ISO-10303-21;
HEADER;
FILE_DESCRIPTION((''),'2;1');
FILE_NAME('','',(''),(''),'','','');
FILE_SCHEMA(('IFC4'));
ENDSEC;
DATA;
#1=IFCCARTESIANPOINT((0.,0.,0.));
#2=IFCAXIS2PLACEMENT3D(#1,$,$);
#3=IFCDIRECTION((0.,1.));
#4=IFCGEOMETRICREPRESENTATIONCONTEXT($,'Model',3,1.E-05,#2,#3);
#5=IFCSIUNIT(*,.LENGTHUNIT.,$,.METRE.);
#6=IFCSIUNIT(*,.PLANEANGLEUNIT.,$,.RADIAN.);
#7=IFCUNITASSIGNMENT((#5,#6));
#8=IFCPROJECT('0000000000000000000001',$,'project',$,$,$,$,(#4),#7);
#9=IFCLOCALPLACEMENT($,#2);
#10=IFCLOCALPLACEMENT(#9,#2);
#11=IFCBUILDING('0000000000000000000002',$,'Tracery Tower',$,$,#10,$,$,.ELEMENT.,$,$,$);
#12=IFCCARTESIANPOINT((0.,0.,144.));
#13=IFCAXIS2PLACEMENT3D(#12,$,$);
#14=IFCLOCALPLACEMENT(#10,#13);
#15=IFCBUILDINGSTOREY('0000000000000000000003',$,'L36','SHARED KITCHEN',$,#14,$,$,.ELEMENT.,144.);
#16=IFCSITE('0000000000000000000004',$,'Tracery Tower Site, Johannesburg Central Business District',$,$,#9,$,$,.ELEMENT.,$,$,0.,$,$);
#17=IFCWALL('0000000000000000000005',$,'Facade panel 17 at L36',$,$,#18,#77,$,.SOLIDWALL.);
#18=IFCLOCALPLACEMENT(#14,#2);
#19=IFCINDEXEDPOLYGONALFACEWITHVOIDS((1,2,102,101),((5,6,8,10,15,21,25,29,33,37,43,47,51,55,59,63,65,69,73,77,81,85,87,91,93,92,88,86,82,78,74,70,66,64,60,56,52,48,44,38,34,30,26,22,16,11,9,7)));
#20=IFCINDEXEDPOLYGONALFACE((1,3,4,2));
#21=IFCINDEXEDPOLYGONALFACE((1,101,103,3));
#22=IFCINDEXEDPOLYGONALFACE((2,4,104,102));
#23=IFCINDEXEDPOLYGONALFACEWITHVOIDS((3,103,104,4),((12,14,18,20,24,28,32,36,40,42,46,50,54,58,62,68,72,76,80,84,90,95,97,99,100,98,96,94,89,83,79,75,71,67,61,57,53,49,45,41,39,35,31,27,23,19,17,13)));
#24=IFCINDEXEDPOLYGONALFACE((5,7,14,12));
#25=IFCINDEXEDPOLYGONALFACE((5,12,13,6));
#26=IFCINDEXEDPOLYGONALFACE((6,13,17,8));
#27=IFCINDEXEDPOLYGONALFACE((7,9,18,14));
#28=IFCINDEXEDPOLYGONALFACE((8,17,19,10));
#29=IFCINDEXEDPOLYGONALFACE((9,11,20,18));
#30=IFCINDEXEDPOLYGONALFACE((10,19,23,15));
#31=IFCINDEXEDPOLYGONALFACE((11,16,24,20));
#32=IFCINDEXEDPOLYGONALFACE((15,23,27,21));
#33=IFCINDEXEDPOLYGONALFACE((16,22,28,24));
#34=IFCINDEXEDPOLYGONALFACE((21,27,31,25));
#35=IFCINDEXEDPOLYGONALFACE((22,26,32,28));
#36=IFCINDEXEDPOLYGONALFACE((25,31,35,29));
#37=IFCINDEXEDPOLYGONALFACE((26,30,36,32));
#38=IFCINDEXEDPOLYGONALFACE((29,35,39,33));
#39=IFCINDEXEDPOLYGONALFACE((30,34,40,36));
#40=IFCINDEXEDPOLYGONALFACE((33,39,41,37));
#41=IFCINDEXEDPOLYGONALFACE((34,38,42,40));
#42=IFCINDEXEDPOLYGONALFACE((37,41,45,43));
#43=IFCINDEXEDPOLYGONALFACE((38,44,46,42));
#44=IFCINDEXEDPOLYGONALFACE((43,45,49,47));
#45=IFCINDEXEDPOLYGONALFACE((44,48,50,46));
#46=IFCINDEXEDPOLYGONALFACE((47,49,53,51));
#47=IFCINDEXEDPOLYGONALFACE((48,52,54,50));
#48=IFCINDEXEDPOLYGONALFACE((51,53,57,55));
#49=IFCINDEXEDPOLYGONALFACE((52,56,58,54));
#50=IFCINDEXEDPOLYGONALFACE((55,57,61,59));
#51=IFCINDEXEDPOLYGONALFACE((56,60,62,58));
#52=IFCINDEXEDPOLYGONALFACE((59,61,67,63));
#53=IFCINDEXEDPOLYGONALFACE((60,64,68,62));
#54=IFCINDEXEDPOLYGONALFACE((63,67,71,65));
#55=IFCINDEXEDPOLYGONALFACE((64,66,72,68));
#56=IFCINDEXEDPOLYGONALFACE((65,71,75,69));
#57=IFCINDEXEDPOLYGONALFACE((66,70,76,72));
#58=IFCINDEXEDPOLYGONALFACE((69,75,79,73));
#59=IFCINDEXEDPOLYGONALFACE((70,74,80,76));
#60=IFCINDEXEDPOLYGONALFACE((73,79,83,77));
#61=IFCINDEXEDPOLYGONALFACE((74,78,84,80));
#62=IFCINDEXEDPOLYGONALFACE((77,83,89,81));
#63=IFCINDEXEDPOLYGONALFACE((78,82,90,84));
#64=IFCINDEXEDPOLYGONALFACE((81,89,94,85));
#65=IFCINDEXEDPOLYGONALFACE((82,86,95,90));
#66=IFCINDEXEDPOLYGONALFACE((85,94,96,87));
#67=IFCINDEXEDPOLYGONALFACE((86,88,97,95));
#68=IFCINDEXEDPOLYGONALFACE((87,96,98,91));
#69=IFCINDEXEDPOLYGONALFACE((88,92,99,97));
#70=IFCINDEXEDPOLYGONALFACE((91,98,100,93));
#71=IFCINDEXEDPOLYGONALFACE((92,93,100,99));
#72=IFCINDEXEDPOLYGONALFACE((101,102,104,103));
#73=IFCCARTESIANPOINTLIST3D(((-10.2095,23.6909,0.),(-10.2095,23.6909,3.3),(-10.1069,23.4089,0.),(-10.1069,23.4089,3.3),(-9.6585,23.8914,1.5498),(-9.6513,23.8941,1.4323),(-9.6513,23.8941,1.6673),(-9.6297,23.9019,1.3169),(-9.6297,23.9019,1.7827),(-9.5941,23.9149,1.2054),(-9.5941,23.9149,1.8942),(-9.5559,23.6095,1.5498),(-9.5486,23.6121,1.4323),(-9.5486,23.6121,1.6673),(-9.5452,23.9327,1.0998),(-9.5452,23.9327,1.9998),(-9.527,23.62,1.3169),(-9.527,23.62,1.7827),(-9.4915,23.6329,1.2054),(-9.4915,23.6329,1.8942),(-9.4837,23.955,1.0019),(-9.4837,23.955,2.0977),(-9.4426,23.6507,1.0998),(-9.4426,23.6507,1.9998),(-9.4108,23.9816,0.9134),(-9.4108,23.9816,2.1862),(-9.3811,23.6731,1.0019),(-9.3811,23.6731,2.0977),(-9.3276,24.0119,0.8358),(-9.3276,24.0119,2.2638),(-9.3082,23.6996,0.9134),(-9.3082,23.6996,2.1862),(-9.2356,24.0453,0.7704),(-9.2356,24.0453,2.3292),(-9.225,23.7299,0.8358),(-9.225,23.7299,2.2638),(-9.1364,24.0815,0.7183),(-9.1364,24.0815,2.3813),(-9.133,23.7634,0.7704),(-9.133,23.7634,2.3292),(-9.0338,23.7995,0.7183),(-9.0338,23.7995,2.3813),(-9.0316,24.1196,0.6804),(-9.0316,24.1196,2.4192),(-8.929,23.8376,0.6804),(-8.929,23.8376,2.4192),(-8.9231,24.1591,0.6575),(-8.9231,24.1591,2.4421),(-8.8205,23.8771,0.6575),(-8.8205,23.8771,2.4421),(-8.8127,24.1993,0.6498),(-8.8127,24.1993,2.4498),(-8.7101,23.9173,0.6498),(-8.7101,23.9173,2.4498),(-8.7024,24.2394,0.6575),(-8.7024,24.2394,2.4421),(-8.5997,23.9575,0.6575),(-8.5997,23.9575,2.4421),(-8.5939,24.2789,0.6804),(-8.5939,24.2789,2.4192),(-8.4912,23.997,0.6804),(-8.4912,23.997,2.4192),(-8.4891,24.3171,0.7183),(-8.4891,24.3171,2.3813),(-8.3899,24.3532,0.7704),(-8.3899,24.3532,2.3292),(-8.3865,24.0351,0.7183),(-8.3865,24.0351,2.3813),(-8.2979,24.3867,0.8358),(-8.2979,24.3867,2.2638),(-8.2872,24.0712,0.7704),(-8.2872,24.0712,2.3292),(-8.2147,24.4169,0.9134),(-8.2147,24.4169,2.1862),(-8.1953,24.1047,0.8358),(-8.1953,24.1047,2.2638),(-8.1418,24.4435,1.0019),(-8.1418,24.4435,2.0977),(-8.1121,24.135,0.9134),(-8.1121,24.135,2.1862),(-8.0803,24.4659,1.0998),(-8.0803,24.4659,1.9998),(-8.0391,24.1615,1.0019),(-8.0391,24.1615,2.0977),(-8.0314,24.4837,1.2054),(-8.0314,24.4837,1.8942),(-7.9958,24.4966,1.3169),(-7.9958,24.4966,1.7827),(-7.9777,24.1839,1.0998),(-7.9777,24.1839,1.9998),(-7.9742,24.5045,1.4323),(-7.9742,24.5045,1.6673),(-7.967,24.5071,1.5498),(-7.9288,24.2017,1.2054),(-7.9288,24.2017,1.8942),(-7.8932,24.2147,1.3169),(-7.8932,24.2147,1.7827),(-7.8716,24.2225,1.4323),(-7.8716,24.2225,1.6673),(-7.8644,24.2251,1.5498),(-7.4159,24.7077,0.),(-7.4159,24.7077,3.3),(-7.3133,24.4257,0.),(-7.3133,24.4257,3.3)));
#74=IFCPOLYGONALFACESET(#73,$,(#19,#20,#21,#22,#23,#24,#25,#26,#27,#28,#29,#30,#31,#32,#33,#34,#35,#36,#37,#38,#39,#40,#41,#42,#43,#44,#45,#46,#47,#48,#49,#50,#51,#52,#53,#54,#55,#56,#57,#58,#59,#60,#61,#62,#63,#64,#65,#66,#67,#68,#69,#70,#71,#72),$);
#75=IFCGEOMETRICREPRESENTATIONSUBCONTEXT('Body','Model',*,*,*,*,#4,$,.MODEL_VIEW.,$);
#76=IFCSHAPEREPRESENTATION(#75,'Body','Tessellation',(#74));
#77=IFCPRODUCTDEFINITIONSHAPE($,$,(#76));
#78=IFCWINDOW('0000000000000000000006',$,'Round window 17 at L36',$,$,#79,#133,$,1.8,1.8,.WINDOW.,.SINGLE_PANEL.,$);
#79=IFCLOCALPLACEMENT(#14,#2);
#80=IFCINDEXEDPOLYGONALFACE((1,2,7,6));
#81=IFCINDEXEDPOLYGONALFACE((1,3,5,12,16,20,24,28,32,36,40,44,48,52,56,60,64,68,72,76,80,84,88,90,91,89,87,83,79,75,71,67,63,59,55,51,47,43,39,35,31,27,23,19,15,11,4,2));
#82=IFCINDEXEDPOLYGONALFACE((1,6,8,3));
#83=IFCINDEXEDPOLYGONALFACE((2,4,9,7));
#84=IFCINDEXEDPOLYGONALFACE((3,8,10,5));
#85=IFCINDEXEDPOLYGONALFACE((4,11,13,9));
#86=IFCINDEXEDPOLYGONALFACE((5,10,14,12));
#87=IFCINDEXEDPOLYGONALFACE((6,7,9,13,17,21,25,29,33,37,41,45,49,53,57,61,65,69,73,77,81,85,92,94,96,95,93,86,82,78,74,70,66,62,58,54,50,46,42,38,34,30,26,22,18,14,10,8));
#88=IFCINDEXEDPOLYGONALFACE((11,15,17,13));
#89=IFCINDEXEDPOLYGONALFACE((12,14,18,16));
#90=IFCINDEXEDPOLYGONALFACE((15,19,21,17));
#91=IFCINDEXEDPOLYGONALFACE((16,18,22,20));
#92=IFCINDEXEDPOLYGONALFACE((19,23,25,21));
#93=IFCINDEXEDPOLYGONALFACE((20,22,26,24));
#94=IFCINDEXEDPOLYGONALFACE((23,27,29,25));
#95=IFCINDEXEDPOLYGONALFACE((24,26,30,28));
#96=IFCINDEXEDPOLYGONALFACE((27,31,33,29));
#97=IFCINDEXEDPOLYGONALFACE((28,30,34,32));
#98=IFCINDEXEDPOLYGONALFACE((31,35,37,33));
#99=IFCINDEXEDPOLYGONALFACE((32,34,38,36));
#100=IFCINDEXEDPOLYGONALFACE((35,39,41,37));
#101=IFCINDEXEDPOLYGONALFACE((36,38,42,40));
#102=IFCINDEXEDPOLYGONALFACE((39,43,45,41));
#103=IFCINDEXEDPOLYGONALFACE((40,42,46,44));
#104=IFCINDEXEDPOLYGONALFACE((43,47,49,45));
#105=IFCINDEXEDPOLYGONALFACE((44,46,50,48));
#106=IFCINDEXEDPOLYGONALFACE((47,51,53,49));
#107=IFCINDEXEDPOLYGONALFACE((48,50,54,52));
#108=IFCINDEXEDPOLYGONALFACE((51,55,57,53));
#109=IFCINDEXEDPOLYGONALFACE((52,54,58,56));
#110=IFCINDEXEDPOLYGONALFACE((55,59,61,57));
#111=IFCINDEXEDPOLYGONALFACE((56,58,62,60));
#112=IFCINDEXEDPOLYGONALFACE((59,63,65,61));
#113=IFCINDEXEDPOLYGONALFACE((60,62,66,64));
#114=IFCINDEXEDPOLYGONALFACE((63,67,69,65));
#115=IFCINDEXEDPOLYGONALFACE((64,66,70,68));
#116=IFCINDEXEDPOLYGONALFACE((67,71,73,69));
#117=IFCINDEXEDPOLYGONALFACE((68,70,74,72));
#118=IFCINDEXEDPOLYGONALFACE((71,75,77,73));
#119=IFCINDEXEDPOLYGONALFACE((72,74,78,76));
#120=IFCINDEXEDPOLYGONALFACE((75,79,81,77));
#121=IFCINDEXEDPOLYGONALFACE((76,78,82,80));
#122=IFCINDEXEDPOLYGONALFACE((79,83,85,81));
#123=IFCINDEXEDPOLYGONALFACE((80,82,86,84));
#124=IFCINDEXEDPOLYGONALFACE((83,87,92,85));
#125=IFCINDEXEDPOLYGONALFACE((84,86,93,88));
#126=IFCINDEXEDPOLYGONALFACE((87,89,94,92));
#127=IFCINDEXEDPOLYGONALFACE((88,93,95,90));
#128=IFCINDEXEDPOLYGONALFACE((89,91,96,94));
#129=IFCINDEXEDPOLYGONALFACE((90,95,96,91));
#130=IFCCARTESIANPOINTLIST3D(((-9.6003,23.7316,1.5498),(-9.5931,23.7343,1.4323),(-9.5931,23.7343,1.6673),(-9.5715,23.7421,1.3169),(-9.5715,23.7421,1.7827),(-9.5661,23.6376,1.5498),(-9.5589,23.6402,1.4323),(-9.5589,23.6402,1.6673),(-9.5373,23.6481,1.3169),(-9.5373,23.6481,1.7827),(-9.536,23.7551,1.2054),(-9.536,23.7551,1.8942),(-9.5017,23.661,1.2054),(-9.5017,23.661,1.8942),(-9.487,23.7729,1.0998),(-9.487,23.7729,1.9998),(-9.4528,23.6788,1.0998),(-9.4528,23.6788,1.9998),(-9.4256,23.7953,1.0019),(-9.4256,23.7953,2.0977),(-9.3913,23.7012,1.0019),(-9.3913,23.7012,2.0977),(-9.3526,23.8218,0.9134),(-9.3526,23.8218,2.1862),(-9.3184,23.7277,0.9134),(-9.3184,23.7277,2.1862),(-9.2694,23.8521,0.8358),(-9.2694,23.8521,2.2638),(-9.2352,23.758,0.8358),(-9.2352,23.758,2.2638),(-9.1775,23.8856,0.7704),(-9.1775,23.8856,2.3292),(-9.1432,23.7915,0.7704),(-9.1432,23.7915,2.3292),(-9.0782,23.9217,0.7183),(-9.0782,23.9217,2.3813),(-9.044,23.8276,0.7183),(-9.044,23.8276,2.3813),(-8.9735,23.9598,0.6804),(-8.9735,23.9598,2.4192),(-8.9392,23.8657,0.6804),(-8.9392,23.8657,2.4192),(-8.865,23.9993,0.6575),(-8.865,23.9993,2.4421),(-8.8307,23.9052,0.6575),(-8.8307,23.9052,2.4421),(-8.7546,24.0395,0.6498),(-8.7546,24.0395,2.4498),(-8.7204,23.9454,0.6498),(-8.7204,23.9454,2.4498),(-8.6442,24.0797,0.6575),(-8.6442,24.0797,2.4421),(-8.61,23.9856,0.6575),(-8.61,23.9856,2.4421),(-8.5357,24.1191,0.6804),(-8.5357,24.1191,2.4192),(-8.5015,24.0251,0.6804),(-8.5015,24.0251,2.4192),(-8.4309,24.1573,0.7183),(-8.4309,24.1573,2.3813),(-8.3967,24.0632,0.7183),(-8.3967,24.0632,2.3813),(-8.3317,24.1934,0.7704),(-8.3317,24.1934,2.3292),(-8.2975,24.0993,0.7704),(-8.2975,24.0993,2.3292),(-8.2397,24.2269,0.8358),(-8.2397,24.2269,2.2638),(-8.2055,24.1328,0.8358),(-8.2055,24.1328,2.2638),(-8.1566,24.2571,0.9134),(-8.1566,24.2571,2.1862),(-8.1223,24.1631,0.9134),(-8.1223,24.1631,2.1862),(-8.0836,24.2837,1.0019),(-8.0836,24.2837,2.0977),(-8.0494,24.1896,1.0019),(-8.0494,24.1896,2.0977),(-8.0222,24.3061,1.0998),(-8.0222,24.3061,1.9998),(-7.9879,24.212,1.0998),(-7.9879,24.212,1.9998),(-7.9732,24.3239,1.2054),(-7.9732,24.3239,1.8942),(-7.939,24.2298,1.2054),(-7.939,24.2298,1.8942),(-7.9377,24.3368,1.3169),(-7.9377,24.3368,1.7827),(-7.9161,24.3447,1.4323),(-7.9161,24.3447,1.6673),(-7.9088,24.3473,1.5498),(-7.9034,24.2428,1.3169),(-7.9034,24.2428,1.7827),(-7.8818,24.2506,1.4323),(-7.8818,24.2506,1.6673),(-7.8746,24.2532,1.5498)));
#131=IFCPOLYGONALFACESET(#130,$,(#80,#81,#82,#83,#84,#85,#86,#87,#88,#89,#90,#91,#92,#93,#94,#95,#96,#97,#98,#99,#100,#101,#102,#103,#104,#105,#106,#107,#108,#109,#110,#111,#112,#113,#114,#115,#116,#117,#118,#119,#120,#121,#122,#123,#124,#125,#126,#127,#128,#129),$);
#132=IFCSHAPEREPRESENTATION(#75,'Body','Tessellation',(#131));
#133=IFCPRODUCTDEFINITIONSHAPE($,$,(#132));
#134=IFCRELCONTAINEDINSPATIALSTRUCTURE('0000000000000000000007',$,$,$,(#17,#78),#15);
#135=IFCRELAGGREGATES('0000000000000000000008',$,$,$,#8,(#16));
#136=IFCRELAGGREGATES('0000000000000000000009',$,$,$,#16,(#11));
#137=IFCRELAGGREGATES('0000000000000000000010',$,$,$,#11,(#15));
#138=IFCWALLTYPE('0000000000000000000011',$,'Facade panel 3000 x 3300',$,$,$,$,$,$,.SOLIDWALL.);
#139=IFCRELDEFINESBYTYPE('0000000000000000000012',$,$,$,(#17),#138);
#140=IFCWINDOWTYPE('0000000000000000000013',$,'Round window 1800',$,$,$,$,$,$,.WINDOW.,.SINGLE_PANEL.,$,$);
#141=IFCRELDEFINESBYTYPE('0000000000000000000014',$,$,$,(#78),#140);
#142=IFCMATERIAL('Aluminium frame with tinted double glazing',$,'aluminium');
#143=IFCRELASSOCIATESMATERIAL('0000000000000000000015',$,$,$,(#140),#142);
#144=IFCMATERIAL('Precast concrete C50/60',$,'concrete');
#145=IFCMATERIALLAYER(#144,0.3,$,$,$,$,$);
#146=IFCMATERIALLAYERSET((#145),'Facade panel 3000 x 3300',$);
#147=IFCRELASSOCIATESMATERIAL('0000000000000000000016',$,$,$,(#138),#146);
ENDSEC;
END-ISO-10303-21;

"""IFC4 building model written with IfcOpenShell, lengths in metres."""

from ifc_helpers import new_model, si_unit, direction, frame, frame_2d, origin, origin_2d, place, context, subcontext, project, spatial, rectangle, circle, extrude, material, layer, layer_set, type_object, element, fill, save


model = new_model("IFC4")

# Units and contexts
model_context = context("Model", 3, precision=1e-05, world=origin(), true_north=direction((0.0, 1.0)))
body_context = subcontext(model_context, "Body", "Model", "MODEL_VIEW")
ifc_project = project(units=[si_unit("LENGTHUNIT", "METRE"), si_unit("PLANEANGLEUNIT", "RADIAN")], contexts=[model_context])

# Site, building, storey
site_placement = place(None, origin())
site = spatial("IfcSite", under=ifc_project, at=site_placement, Name="Tracery Tower Site, Johannesburg Central Business District", CompositionType="ELEMENT", RefElevation=0.0)
building_placement = place(site_placement, origin())
building = spatial("IfcBuilding", under=site, at=building_placement, Name="Tracery Tower", CompositionType="ELEMENT")
storey_placement = place(building_placement, frame((0.0, 0.0, 144.0)))
storey = spatial("IfcBuildingStorey", under=building, at=storey_placement, Name="L36", Description="SHARED KITCHEN", CompositionType="ELEMENT", Elevation=144.0)

# Wall, opening, window
ifc_material_1 = material(Name="Aluminium frame with tinted double glazing", Category="aluminium")
window_type = type_object("IfcWindowType", Name="Round window 1800", PartitioningType="SINGLE_PANEL", PredefinedType="WINDOW", material=ifc_material_1)
ifc_material_2 = material(Name="Precast concrete C50/60", Category="concrete")
ifc_layer_1 = layer(ifc_material_2, 0.3)
ifc_layer_set_1 = layer_set([ifc_layer_1], Name="Facade panel 3000 x 3300")
wall_type_1 = type_object("IfcWallType", Name="Facade panel 3000 x 3300", PredefinedType="SOLIDWALL", material=ifc_layer_set_1)
wall_1_placement = place(storey_placement, frame((-7.3647, 24.5667, 0.0), z_axis=(0.0, 0.0, 1.0), x_axis=(-0.93969, -0.342027, 0.0)))
wall_1 = element("IfcWall", 1, at=wall_1_placement, inside=storey, type_object=wall_type_1, Name="Facade panel 17 at L36", PredefinedType="SOLIDWALL", context=body_context, shape_type="SweptSolid", body=[
    extrude(rectangle(XDim=2.9729, YDim=0.3, at=frame_2d((1.4863, 0.0))), origin(), (0.0, 0.0, 1.0), 3.3),
])
opening_1_placement = place(wall_1_placement, frame((1.4863, 0.0, 1.5498)))
opening_1 = element("IfcOpeningElement", 2, at=opening_1_placement, cuts=wall_1, PredefinedType="OPENING", context=body_context, shape_type="SweptSolid", body=[
    extrude(circle(Radius=0.9, at=origin_2d()), frame((0.0, 0.1599, 0.0), z_axis=(0.0, -1.0, 0.0), x_axis=(1.0, 0.0, 0.0)), (0.0, 0.0, 1.0), 0.3201),
])
window_1_placement = place(opening_1_placement, origin())
window_1 = element("IfcWindow", 3, at=window_1_placement, inside=storey, type_object=window_type, Name="Round window 17 at L36", OverallHeight=1.8, OverallWidth=1.8, PartitioningType="SINGLE_PANEL", PredefinedType="WINDOW", context=body_context, shape_type="SweptSolid", body=[
    extrude(circle(Radius=0.9, at=origin_2d()), frame((0.0, 0.1201, 0.0), z_axis=(0.0, -1.0, 0.0), x_axis=(1.0, 0.0, 0.0)), (0.0, 0.0, 1.0), 0.1001),
])
fill(opening_1, window_1)

save(model, "model.ifc")
